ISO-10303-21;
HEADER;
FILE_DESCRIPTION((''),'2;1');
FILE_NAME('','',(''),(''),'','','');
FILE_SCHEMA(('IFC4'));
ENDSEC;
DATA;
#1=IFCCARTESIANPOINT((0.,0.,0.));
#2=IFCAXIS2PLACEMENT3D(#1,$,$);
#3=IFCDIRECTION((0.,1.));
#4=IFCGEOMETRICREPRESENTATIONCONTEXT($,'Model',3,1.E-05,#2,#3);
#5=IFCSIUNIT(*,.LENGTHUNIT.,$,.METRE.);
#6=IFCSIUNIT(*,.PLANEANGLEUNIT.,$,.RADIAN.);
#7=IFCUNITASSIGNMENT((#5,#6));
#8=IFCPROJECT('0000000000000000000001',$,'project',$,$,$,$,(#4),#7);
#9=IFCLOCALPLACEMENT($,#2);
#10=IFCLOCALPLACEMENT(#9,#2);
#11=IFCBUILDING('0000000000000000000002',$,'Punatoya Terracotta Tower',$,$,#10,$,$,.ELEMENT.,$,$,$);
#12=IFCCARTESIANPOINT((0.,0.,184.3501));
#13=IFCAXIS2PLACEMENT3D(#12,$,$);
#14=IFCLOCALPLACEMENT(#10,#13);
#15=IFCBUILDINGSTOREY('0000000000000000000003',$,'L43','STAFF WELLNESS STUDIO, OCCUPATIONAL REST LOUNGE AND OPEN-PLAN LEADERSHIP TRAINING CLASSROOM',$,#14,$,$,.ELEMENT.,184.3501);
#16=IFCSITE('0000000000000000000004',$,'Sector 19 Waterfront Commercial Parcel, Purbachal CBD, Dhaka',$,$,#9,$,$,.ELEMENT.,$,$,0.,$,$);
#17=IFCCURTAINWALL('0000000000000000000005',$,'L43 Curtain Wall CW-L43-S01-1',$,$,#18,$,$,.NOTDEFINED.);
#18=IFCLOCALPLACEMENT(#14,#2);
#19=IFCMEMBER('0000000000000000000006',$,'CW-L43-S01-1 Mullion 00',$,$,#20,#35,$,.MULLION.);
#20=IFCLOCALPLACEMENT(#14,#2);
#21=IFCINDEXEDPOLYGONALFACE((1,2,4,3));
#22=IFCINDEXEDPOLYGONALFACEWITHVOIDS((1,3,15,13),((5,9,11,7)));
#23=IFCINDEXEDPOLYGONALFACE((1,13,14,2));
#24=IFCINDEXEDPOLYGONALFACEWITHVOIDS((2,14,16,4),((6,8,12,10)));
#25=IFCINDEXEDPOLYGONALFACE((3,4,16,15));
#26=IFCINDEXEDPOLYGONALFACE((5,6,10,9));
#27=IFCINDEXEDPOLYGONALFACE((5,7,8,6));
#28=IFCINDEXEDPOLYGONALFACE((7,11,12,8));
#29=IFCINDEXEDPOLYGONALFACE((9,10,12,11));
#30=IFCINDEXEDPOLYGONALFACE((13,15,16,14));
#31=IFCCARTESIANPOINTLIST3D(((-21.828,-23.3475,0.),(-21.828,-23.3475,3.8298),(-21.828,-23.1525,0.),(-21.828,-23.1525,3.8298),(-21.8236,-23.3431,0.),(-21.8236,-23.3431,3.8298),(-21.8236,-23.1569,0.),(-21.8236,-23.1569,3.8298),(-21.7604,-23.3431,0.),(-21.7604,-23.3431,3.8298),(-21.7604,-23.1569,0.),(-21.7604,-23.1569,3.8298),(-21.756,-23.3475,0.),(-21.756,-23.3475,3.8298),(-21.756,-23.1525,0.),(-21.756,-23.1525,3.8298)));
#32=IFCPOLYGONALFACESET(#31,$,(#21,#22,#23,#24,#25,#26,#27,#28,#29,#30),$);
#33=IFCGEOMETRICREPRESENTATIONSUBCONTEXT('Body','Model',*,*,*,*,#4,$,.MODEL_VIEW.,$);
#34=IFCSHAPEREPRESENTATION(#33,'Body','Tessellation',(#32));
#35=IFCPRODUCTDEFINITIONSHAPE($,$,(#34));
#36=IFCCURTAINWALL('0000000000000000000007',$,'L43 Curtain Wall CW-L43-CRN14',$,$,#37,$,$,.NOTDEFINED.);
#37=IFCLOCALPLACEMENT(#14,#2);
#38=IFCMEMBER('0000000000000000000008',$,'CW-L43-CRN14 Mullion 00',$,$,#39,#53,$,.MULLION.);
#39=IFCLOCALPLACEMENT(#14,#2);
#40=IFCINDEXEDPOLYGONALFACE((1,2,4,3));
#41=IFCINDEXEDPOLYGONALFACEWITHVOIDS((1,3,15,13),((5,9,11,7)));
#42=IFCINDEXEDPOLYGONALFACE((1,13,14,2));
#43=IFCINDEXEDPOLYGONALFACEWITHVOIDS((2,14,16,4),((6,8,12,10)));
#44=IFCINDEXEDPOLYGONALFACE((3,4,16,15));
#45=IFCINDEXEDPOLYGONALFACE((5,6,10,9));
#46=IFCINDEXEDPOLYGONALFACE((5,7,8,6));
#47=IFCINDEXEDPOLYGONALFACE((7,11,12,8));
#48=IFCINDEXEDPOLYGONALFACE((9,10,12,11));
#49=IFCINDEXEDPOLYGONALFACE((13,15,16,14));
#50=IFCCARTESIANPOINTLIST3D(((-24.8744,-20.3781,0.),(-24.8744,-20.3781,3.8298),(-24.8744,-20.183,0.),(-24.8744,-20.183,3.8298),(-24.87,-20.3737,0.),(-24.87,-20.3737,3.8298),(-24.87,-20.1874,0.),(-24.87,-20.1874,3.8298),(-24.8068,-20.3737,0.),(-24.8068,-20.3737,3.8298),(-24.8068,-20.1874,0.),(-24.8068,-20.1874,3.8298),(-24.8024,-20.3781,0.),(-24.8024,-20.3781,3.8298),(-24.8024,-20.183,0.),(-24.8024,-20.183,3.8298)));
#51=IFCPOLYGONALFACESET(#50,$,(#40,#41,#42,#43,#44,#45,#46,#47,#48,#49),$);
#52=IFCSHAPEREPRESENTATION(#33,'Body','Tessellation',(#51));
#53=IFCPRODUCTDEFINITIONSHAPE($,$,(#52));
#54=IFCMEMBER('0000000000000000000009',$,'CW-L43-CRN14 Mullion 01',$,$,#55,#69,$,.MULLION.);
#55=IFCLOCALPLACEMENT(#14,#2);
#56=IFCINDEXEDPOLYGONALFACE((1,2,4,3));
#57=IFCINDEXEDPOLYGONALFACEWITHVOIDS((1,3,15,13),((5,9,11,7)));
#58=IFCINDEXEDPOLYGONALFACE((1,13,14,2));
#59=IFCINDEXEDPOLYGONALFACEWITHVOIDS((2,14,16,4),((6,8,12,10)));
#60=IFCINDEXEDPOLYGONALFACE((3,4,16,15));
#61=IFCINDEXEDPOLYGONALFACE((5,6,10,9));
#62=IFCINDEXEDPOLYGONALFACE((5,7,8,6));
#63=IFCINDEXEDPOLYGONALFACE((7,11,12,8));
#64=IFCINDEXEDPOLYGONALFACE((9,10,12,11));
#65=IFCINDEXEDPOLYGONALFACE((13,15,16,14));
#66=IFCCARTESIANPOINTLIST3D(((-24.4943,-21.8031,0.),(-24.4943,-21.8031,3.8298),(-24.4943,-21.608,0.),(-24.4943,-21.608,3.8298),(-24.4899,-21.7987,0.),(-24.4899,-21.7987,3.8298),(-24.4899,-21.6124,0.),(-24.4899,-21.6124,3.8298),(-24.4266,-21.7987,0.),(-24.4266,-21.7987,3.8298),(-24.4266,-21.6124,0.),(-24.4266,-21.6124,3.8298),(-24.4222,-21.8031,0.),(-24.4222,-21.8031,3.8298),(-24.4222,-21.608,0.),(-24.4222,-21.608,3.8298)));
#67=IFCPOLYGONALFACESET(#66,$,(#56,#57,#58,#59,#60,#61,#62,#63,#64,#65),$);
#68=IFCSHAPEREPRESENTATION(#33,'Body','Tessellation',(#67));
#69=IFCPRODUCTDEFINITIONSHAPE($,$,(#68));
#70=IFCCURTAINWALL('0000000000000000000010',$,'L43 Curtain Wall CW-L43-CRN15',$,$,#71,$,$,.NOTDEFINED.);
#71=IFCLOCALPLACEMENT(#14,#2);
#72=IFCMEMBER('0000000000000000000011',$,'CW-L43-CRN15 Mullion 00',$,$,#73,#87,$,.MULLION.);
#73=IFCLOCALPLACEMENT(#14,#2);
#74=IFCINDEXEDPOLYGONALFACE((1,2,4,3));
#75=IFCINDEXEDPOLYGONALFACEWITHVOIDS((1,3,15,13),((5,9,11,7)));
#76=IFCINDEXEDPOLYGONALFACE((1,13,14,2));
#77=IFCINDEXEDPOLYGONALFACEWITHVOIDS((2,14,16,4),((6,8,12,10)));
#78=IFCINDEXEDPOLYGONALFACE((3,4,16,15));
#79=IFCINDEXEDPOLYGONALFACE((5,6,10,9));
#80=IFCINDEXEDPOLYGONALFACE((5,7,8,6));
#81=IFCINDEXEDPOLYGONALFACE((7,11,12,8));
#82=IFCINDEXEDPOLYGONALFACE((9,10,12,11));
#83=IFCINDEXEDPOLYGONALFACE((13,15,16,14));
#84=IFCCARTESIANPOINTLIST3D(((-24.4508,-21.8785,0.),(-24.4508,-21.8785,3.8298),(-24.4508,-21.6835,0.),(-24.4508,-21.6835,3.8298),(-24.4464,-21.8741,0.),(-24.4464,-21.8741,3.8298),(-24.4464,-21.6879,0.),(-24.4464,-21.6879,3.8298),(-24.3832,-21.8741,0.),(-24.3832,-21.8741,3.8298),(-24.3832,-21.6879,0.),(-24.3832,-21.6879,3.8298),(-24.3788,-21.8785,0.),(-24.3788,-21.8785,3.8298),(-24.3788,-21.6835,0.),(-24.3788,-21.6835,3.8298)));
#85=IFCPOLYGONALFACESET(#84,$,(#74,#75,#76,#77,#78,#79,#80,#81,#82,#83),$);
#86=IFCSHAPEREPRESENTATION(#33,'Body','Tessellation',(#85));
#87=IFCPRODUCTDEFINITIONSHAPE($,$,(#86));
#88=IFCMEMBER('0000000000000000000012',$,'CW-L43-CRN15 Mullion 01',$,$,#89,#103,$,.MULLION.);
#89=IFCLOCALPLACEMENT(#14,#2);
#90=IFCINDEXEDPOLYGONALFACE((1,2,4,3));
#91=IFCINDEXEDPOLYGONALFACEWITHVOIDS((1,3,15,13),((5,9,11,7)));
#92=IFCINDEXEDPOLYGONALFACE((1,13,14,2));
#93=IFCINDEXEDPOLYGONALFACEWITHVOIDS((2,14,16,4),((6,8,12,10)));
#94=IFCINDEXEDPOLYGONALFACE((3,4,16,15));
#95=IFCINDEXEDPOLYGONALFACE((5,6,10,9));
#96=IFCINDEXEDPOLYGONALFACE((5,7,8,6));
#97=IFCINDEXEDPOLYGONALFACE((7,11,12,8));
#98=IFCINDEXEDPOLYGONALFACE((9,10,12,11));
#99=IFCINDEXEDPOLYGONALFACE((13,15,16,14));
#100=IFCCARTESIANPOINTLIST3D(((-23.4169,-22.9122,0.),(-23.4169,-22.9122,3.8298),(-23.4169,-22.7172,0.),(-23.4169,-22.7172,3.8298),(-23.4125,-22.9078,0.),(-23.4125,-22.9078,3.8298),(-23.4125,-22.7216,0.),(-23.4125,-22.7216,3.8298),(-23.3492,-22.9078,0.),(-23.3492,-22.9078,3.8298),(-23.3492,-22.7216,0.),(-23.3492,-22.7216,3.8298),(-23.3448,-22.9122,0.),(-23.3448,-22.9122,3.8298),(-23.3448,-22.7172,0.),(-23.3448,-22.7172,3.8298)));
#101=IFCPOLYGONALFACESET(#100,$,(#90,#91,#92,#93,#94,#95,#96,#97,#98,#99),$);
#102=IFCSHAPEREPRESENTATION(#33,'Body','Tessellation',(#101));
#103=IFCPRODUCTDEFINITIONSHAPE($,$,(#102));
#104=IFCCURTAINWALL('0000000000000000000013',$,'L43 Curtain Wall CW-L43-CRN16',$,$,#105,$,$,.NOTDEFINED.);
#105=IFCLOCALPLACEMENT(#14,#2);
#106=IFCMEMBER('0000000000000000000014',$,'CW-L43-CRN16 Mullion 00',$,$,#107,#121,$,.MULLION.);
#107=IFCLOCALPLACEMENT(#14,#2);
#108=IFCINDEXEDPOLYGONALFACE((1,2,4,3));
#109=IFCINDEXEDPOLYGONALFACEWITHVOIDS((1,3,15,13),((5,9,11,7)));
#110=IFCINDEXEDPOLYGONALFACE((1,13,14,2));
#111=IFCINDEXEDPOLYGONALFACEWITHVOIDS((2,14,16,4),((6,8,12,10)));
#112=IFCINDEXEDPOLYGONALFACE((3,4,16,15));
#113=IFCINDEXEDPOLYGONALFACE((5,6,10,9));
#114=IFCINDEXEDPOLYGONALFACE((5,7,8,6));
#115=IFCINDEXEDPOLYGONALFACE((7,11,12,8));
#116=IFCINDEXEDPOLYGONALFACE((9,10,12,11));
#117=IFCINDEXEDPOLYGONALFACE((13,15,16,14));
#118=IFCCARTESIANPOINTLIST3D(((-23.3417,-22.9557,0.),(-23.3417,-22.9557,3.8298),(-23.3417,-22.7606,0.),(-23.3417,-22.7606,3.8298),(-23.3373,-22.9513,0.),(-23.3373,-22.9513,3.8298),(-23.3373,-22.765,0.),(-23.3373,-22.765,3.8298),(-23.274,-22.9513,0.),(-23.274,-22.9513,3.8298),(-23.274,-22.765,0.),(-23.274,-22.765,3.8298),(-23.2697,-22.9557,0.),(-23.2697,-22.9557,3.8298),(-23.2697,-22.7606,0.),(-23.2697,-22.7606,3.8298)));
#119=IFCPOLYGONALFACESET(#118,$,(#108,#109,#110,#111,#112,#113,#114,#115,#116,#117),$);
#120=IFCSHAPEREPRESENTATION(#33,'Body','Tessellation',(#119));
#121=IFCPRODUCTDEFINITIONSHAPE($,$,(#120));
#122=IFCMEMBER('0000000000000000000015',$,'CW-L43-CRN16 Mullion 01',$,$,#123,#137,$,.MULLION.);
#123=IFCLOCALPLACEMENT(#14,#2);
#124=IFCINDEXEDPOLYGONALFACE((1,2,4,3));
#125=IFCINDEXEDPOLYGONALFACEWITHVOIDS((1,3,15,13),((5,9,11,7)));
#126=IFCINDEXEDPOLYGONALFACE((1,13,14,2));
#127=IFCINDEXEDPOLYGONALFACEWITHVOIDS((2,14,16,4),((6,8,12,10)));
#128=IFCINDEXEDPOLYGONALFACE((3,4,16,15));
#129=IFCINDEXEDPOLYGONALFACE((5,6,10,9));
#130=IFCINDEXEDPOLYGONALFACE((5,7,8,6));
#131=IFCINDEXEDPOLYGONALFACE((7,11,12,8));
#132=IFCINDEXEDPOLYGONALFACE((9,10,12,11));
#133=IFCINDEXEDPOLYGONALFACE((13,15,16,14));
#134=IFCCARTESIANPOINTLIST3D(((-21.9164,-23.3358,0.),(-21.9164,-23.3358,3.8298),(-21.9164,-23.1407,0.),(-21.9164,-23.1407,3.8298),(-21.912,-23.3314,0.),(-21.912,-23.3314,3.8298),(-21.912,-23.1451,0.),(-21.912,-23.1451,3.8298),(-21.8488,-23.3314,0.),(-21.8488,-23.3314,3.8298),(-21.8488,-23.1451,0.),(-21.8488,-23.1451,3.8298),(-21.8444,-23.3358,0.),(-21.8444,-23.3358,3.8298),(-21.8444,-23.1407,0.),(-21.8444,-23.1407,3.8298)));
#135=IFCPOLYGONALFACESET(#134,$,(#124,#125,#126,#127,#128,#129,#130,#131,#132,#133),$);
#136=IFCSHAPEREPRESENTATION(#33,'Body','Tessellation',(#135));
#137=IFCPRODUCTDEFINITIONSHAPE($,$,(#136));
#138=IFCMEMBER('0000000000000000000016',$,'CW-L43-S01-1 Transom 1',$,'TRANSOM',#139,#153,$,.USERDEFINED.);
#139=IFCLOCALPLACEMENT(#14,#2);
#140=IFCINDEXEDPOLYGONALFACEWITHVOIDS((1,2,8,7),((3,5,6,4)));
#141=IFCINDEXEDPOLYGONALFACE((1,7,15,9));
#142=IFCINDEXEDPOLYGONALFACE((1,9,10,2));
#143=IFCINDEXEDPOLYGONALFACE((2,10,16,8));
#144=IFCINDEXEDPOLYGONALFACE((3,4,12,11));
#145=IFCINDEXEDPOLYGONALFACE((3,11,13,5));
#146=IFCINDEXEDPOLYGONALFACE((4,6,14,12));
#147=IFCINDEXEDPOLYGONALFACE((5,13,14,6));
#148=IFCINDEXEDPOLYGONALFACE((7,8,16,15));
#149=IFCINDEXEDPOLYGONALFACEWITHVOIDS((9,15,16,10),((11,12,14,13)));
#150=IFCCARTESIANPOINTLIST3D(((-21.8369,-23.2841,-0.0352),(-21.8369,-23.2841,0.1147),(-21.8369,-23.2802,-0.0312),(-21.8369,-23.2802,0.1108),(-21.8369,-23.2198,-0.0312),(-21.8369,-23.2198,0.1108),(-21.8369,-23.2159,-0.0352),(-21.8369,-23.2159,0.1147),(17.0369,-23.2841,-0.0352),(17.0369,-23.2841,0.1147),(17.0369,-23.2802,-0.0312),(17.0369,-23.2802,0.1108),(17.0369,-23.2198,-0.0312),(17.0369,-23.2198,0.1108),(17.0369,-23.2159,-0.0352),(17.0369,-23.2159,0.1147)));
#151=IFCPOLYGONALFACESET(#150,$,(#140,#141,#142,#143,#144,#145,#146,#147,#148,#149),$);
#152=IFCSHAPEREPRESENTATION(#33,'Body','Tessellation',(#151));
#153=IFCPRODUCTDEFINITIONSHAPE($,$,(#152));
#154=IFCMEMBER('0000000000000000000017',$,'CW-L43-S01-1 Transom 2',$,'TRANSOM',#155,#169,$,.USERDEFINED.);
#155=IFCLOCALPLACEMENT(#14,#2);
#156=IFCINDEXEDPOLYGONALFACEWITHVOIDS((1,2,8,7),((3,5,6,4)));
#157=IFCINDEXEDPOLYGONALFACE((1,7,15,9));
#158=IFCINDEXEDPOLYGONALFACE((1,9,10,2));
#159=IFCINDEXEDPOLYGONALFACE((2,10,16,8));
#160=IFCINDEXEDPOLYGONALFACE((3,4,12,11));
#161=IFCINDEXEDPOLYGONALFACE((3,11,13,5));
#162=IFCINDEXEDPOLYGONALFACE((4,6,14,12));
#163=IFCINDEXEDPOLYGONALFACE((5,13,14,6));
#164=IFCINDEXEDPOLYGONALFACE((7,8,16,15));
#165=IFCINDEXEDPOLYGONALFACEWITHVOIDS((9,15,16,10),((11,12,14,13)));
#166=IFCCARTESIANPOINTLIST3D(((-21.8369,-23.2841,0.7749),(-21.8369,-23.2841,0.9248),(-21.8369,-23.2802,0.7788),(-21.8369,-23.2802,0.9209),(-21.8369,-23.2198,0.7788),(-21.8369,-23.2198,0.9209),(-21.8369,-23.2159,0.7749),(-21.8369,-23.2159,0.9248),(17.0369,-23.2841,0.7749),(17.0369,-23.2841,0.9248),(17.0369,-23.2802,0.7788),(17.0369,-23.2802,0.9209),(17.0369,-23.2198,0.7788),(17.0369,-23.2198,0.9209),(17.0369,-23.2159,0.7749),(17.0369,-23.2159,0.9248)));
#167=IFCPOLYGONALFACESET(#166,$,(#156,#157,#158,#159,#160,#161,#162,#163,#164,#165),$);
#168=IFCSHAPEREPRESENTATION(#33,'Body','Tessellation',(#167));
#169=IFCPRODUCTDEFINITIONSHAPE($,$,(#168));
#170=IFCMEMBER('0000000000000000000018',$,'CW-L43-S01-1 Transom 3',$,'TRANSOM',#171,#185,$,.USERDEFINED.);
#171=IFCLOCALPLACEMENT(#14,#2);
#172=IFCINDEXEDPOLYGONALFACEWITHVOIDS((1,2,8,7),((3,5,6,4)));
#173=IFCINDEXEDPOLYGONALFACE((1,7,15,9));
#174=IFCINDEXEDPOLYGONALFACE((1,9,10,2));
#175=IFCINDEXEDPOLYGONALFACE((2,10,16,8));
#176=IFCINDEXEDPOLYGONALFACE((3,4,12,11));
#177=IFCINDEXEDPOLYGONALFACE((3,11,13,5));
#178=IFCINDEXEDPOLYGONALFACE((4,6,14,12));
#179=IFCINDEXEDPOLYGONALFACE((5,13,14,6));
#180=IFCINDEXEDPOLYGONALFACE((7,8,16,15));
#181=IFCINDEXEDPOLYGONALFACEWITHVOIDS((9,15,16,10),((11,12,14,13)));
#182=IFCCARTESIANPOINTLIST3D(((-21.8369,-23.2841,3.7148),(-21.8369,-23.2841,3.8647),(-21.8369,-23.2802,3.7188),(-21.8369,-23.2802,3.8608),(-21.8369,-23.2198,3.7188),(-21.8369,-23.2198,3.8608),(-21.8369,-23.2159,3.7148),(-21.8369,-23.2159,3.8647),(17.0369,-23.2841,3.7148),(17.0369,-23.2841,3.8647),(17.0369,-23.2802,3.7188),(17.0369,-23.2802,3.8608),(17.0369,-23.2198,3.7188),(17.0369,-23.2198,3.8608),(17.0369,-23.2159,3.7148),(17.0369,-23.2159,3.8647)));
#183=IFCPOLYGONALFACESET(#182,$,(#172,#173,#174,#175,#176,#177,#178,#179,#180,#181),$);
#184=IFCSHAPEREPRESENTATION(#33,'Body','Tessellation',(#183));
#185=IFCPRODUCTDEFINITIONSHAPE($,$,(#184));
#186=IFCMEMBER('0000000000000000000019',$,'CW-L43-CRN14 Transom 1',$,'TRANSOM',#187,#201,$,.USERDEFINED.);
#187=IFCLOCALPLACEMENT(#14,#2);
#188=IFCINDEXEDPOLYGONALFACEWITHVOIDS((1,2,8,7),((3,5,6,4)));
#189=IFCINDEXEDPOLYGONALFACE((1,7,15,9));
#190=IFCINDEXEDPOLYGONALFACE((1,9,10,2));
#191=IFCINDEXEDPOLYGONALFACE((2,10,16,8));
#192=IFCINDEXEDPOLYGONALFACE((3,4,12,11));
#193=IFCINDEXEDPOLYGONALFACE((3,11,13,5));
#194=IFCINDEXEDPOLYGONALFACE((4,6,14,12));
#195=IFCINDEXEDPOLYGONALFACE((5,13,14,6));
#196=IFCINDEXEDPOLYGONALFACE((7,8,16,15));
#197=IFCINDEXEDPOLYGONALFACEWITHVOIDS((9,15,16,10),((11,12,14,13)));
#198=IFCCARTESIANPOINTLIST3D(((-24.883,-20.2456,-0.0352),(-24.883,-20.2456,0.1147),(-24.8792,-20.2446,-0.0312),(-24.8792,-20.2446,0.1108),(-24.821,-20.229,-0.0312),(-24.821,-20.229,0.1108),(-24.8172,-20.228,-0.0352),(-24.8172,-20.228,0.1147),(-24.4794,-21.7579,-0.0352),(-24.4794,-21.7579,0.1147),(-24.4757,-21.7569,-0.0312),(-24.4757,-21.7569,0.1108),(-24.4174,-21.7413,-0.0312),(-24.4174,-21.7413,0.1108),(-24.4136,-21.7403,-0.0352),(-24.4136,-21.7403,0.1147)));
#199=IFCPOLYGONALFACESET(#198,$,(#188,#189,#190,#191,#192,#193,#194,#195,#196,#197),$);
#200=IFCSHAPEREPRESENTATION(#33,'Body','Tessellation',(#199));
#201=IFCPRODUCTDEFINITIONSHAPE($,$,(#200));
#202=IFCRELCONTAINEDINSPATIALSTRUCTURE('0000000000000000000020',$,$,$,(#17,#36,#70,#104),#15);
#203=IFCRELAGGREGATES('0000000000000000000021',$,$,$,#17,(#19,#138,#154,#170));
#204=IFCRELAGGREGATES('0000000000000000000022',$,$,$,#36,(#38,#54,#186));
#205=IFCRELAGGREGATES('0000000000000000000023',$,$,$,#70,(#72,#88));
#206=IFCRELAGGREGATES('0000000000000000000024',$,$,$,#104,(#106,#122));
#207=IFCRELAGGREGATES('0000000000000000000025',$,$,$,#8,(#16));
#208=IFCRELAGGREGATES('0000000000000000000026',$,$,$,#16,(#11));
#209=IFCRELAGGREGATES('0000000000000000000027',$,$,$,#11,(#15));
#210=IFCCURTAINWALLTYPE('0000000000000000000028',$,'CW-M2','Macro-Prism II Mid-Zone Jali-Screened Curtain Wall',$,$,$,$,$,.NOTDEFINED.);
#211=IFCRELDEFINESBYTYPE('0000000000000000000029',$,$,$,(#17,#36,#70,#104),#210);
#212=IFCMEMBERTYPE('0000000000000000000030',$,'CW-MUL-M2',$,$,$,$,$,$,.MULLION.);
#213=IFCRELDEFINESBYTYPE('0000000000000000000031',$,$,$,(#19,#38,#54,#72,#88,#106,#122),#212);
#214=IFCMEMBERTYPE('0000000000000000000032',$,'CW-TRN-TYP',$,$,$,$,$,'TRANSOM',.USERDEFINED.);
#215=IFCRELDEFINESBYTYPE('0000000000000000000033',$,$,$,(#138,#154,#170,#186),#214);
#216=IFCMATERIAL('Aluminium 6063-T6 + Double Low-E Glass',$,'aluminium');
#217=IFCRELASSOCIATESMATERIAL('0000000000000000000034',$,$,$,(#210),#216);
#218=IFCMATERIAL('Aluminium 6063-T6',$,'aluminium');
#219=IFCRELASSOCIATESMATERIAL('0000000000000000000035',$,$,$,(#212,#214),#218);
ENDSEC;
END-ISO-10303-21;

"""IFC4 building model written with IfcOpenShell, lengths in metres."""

from ifc_helpers import new_model, si_unit, direction, frame, origin, origin_2d, place, context, subcontext, project, spatial, hollow_rectangle, extrude, material, material_profile, profile_set, type_object, element, aggregate, save


model = new_model("IFC4")

# Units and contexts
model_context = context("Model", 3, precision=1e-05, world=origin(), true_north=direction((0.0, 1.0)))
body_context = subcontext(model_context, "Body", "Model", "MODEL_VIEW")
ifc_project = project(units=[si_unit("LENGTHUNIT", "METRE"), si_unit("PLANEANGLEUNIT", "RADIAN")], contexts=[model_context])

# Site, building, storey
site_placement = place(None, origin())
site = spatial("IfcSite", under=ifc_project, at=site_placement, Name="Sector 19 Waterfront Commercial Parcel, Purbachal CBD, Dhaka", CompositionType="ELEMENT", RefElevation=0.0)
building_placement = place(site_placement, origin())
building = spatial("IfcBuilding", under=site, at=building_placement, Name="Punatoya Terracotta Tower", CompositionType="ELEMENT")
storey_placement = place(building_placement, frame((0.0, 0.0, 184.3501)))
storey = spatial("IfcBuildingStorey", under=building, at=storey_placement, Name="L43", Description="STAFF WELLNESS STUDIO, OCCUPATIONAL REST LOUNGE AND OPEN-PLAN LEADERSHIP TRAINING CLASSROOM", CompositionType="ELEMENT", Elevation=184.3501)

# Curtain wall, member
ifc_material_1 = material(Name="Aluminium 6063-T6 + Double Low-E Glass", Category="aluminium")
curtain_wall_type = type_object("IfcCurtainWallType", Name="CW-M2", Description="Macro-Prism II Mid-Zone Jali-Screened Curtain Wall", PredefinedType="NOTDEFINED", material=ifc_material_1)
curtain_wall_1_placement = place(storey_placement, origin())
curtain_wall_1 = element("IfcCurtainWall", 1, at=curtain_wall_1_placement, inside=storey, type_object=curtain_wall_type, Name="L43 Curtain Wall CW-L43-S01-1", PredefinedType="NOTDEFINED")
ifc_material_2 = material(Name="Aluminium 6063-T6", Category="aluminium")
ifc_material_profile_1 = material_profile(ifc_material_2, hollow_rectangle(XDim=0.072, YDim=0.1951, WallThickness=0.0044, at=origin_2d()))
ifc_profile_set_1 = profile_set([ifc_material_profile_1], Name="Aluminium 6063-T6")
member_type_1 = type_object("IfcMemberType", Name="CW-MUL-M2", PredefinedType="MULLION", material=ifc_profile_set_1)
member_1_placement = place(storey_placement, frame((-21.792, -23.25, 0.0), z_axis=(0.0, 0.0, 1.0), x_axis=(1.0, 0.0, 0.0)))
member_1 = element("IfcMember", 2, at=member_1_placement, type_object=member_type_1, Name="CW-L43-S01-1 Mullion 00", PredefinedType="MULLION", context=body_context, shape_type="SweptSolid", body=[
    extrude(hollow_rectangle(XDim=0.072, YDim=0.1951, WallThickness=0.0044, at=origin_2d()), origin(), (0.0, 0.0, 1.0), 3.8298),
])

# Curtain walls, members
curtain_wall_2_placement = place(storey_placement, origin())
curtain_wall_2 = element("IfcCurtainWall", 3, at=curtain_wall_2_placement, inside=storey, type_object=curtain_wall_type, Name="L43 Curtain Wall CW-L43-CRN14", PredefinedType="NOTDEFINED")
member_2_placement = place(storey_placement, frame((-24.8384, -20.2805, 0.0), z_axis=(0.0, 0.0, 1.0), x_axis=(1.0, 0.0, 0.0)))
member_2 = element("IfcMember", 4, at=member_2_placement, type_object=member_type_1, Name="CW-L43-CRN14 Mullion 00", PredefinedType="MULLION", context=body_context, shape_type="SweptSolid", body=[
    extrude(hollow_rectangle(XDim=0.072, YDim=0.1951, WallThickness=0.0044, at=origin_2d()), origin(), (0.0, 0.0, 1.0), 3.8298),
])
member_3_placement = place(storey_placement, frame((-24.4583, -21.7056, 0.0), z_axis=(0.0, 0.0, 1.0), x_axis=(1.0, 0.0, 0.0)))
member_3 = element("IfcMember", 5, at=member_3_placement, type_object=member_type_1, Name="CW-L43-CRN14 Mullion 01", PredefinedType="MULLION", context=body_context, shape_type="SweptSolid", body=[
    extrude(hollow_rectangle(XDim=0.072, YDim=0.1951, WallThickness=0.0044, at=origin_2d()), origin(), (0.0, 0.0, 1.0), 3.8298),
])
curtain_wall_3_placement = place(storey_placement, origin())
curtain_wall_3 = element("IfcCurtainWall", 6, at=curtain_wall_3_placement, inside=storey, type_object=curtain_wall_type, Name="L43 Curtain Wall CW-L43-CRN15", PredefinedType="NOTDEFINED")
member_4_placement = place(storey_placement, frame((-24.4148, -21.781, 0.0), z_axis=(0.0, 0.0, 1.0), x_axis=(1.0, 0.0, 0.0)))
member_4 = element("IfcMember", 7, at=member_4_placement, type_object=member_type_1, Name="CW-L43-CRN15 Mullion 00", PredefinedType="MULLION", context=body_context, shape_type="SweptSolid", body=[
    extrude(hollow_rectangle(XDim=0.072, YDim=0.1951, WallThickness=0.0044, at=origin_2d()), origin(), (0.0, 0.0, 1.0), 3.8298),
])
member_5_placement = place(storey_placement, frame((-23.3809, -22.8147, 0.0), z_axis=(0.0, 0.0, 1.0), x_axis=(1.0, 0.0, 0.0)))
member_5 = element("IfcMember", 8, at=member_5_placement, type_object=member_type_1, Name="CW-L43-CRN15 Mullion 01", PredefinedType="MULLION", context=body_context, shape_type="SweptSolid", body=[
    extrude(hollow_rectangle(XDim=0.072, YDim=0.1951, WallThickness=0.0044, at=origin_2d()), origin(), (0.0, 0.0, 1.0), 3.8298),
])
curtain_wall_4_placement = place(storey_placement, origin())
curtain_wall_4 = element("IfcCurtainWall", 9, at=curtain_wall_4_placement, inside=storey, type_object=curtain_wall_type, Name="L43 Curtain Wall CW-L43-CRN16", PredefinedType="NOTDEFINED")
member_6_placement = place(storey_placement, frame((-23.3057, -22.8582, 0.0), z_axis=(0.0, 0.0, 1.0), x_axis=(1.0, 0.0, 0.0)))
member_6 = element("IfcMember", 10, at=member_6_placement, type_object=member_type_1, Name="CW-L43-CRN16 Mullion 00", PredefinedType="MULLION", context=body_context, shape_type="SweptSolid", body=[
    extrude(hollow_rectangle(XDim=0.072, YDim=0.1951, WallThickness=0.0044, at=origin_2d()), origin(), (0.0, 0.0, 1.0), 3.8298),
])
member_7_placement = place(storey_placement, frame((-21.8804, -23.2383, 0.0), z_axis=(0.0, 0.0, 1.0), x_axis=(1.0, 0.0, 0.0)))
member_7 = element("IfcMember", 11, at=member_7_placement, type_object=member_type_1, Name="CW-L43-CRN16 Mullion 01", PredefinedType="MULLION", context=body_context, shape_type="SweptSolid", body=[
    extrude(hollow_rectangle(XDim=0.072, YDim=0.1951, WallThickness=0.0044, at=origin_2d()), origin(), (0.0, 0.0, 1.0), 3.8298),
])

# Members
ifc_material_profile_2 = material_profile(ifc_material_2, hollow_rectangle(XDim=0.0681, YDim=0.1499, WallThickness=0.0039, at=origin_2d()))
ifc_profile_set_2 = profile_set([ifc_material_profile_2], Name="Aluminium 6063-T6")
member_type_2 = type_object("IfcMemberType", Name="CW-TRN-TYP", ElementType="TRANSOM", PredefinedType="USERDEFINED", material=ifc_profile_set_2)
member_8_placement = place(storey_placement, frame((-21.8369, -23.25, 0.0398), z_axis=(1.0, 0.0, 0.0), x_axis=(0.0, 1.0, 0.0)))
member_8 = element("IfcMember", 12, at=member_8_placement, type_object=member_type_2, Name="CW-L43-S01-1 Transom 1", ObjectType="TRANSOM", PredefinedType="USERDEFINED", context=body_context, shape_type="SweptSolid", body=[
    extrude(hollow_rectangle(XDim=0.0681, YDim=0.1499, WallThickness=0.0039, at=origin_2d()), origin(), (0.0, 0.0, 1.0), 38.8738),
])
member_9_placement = place(storey_placement, frame((-21.8369, -23.25, 0.8499), z_axis=(1.0, 0.0, 0.0), x_axis=(0.0, 1.0, 0.0)))
member_9 = element("IfcMember", 13, at=member_9_placement, type_object=member_type_2, Name="CW-L43-S01-1 Transom 2", ObjectType="TRANSOM", PredefinedType="USERDEFINED", context=body_context, shape_type="SweptSolid", body=[
    extrude(hollow_rectangle(XDim=0.0681, YDim=0.1499, WallThickness=0.0039, at=origin_2d()), origin(), (0.0, 0.0, 1.0), 38.8738),
])
member_10_placement = place(storey_placement, frame((-21.8369, -23.25, 3.7898), z_axis=(1.0, 0.0, 0.0), x_axis=(0.0, 1.0, 0.0)))
member_10 = element("IfcMember", 14, at=member_10_placement, type_object=member_type_2, Name="CW-L43-S01-1 Transom 3", ObjectType="TRANSOM", PredefinedType="USERDEFINED", context=body_context, shape_type="SweptSolid", body=[
    extrude(hollow_rectangle(XDim=0.0681, YDim=0.1499, WallThickness=0.0039, at=origin_2d()), origin(), (0.0, 0.0, 1.0), 38.8738),
])
member_11_placement = place(storey_placement, frame((-24.8501, -20.2368, 0.0398), z_axis=(0.257847, -0.966186, 0.0), x_axis=(0.966186, 0.257847, 0.0)))
member_11 = element("IfcMember", 15, at=member_11_placement, type_object=member_type_2, Name="CW-L43-CRN14 Transom 1", ObjectType="TRANSOM", PredefinedType="USERDEFINED", context=body_context, shape_type="SweptSolid", body=[
    extrude(hollow_rectangle(XDim=0.0681, YDim=0.1499, WallThickness=0.0039, at=origin_2d()), origin(), (0.0, 0.0, 1.0), 1.5652),
])

aggregate(curtain_wall_1, [member_1, member_8, member_9, member_10])
aggregate(curtain_wall_2, [member_2, member_3, member_11])
aggregate(curtain_wall_3, [member_4, member_5])
aggregate(curtain_wall_4, [member_6, member_7])

save(model, "model.ifc")
